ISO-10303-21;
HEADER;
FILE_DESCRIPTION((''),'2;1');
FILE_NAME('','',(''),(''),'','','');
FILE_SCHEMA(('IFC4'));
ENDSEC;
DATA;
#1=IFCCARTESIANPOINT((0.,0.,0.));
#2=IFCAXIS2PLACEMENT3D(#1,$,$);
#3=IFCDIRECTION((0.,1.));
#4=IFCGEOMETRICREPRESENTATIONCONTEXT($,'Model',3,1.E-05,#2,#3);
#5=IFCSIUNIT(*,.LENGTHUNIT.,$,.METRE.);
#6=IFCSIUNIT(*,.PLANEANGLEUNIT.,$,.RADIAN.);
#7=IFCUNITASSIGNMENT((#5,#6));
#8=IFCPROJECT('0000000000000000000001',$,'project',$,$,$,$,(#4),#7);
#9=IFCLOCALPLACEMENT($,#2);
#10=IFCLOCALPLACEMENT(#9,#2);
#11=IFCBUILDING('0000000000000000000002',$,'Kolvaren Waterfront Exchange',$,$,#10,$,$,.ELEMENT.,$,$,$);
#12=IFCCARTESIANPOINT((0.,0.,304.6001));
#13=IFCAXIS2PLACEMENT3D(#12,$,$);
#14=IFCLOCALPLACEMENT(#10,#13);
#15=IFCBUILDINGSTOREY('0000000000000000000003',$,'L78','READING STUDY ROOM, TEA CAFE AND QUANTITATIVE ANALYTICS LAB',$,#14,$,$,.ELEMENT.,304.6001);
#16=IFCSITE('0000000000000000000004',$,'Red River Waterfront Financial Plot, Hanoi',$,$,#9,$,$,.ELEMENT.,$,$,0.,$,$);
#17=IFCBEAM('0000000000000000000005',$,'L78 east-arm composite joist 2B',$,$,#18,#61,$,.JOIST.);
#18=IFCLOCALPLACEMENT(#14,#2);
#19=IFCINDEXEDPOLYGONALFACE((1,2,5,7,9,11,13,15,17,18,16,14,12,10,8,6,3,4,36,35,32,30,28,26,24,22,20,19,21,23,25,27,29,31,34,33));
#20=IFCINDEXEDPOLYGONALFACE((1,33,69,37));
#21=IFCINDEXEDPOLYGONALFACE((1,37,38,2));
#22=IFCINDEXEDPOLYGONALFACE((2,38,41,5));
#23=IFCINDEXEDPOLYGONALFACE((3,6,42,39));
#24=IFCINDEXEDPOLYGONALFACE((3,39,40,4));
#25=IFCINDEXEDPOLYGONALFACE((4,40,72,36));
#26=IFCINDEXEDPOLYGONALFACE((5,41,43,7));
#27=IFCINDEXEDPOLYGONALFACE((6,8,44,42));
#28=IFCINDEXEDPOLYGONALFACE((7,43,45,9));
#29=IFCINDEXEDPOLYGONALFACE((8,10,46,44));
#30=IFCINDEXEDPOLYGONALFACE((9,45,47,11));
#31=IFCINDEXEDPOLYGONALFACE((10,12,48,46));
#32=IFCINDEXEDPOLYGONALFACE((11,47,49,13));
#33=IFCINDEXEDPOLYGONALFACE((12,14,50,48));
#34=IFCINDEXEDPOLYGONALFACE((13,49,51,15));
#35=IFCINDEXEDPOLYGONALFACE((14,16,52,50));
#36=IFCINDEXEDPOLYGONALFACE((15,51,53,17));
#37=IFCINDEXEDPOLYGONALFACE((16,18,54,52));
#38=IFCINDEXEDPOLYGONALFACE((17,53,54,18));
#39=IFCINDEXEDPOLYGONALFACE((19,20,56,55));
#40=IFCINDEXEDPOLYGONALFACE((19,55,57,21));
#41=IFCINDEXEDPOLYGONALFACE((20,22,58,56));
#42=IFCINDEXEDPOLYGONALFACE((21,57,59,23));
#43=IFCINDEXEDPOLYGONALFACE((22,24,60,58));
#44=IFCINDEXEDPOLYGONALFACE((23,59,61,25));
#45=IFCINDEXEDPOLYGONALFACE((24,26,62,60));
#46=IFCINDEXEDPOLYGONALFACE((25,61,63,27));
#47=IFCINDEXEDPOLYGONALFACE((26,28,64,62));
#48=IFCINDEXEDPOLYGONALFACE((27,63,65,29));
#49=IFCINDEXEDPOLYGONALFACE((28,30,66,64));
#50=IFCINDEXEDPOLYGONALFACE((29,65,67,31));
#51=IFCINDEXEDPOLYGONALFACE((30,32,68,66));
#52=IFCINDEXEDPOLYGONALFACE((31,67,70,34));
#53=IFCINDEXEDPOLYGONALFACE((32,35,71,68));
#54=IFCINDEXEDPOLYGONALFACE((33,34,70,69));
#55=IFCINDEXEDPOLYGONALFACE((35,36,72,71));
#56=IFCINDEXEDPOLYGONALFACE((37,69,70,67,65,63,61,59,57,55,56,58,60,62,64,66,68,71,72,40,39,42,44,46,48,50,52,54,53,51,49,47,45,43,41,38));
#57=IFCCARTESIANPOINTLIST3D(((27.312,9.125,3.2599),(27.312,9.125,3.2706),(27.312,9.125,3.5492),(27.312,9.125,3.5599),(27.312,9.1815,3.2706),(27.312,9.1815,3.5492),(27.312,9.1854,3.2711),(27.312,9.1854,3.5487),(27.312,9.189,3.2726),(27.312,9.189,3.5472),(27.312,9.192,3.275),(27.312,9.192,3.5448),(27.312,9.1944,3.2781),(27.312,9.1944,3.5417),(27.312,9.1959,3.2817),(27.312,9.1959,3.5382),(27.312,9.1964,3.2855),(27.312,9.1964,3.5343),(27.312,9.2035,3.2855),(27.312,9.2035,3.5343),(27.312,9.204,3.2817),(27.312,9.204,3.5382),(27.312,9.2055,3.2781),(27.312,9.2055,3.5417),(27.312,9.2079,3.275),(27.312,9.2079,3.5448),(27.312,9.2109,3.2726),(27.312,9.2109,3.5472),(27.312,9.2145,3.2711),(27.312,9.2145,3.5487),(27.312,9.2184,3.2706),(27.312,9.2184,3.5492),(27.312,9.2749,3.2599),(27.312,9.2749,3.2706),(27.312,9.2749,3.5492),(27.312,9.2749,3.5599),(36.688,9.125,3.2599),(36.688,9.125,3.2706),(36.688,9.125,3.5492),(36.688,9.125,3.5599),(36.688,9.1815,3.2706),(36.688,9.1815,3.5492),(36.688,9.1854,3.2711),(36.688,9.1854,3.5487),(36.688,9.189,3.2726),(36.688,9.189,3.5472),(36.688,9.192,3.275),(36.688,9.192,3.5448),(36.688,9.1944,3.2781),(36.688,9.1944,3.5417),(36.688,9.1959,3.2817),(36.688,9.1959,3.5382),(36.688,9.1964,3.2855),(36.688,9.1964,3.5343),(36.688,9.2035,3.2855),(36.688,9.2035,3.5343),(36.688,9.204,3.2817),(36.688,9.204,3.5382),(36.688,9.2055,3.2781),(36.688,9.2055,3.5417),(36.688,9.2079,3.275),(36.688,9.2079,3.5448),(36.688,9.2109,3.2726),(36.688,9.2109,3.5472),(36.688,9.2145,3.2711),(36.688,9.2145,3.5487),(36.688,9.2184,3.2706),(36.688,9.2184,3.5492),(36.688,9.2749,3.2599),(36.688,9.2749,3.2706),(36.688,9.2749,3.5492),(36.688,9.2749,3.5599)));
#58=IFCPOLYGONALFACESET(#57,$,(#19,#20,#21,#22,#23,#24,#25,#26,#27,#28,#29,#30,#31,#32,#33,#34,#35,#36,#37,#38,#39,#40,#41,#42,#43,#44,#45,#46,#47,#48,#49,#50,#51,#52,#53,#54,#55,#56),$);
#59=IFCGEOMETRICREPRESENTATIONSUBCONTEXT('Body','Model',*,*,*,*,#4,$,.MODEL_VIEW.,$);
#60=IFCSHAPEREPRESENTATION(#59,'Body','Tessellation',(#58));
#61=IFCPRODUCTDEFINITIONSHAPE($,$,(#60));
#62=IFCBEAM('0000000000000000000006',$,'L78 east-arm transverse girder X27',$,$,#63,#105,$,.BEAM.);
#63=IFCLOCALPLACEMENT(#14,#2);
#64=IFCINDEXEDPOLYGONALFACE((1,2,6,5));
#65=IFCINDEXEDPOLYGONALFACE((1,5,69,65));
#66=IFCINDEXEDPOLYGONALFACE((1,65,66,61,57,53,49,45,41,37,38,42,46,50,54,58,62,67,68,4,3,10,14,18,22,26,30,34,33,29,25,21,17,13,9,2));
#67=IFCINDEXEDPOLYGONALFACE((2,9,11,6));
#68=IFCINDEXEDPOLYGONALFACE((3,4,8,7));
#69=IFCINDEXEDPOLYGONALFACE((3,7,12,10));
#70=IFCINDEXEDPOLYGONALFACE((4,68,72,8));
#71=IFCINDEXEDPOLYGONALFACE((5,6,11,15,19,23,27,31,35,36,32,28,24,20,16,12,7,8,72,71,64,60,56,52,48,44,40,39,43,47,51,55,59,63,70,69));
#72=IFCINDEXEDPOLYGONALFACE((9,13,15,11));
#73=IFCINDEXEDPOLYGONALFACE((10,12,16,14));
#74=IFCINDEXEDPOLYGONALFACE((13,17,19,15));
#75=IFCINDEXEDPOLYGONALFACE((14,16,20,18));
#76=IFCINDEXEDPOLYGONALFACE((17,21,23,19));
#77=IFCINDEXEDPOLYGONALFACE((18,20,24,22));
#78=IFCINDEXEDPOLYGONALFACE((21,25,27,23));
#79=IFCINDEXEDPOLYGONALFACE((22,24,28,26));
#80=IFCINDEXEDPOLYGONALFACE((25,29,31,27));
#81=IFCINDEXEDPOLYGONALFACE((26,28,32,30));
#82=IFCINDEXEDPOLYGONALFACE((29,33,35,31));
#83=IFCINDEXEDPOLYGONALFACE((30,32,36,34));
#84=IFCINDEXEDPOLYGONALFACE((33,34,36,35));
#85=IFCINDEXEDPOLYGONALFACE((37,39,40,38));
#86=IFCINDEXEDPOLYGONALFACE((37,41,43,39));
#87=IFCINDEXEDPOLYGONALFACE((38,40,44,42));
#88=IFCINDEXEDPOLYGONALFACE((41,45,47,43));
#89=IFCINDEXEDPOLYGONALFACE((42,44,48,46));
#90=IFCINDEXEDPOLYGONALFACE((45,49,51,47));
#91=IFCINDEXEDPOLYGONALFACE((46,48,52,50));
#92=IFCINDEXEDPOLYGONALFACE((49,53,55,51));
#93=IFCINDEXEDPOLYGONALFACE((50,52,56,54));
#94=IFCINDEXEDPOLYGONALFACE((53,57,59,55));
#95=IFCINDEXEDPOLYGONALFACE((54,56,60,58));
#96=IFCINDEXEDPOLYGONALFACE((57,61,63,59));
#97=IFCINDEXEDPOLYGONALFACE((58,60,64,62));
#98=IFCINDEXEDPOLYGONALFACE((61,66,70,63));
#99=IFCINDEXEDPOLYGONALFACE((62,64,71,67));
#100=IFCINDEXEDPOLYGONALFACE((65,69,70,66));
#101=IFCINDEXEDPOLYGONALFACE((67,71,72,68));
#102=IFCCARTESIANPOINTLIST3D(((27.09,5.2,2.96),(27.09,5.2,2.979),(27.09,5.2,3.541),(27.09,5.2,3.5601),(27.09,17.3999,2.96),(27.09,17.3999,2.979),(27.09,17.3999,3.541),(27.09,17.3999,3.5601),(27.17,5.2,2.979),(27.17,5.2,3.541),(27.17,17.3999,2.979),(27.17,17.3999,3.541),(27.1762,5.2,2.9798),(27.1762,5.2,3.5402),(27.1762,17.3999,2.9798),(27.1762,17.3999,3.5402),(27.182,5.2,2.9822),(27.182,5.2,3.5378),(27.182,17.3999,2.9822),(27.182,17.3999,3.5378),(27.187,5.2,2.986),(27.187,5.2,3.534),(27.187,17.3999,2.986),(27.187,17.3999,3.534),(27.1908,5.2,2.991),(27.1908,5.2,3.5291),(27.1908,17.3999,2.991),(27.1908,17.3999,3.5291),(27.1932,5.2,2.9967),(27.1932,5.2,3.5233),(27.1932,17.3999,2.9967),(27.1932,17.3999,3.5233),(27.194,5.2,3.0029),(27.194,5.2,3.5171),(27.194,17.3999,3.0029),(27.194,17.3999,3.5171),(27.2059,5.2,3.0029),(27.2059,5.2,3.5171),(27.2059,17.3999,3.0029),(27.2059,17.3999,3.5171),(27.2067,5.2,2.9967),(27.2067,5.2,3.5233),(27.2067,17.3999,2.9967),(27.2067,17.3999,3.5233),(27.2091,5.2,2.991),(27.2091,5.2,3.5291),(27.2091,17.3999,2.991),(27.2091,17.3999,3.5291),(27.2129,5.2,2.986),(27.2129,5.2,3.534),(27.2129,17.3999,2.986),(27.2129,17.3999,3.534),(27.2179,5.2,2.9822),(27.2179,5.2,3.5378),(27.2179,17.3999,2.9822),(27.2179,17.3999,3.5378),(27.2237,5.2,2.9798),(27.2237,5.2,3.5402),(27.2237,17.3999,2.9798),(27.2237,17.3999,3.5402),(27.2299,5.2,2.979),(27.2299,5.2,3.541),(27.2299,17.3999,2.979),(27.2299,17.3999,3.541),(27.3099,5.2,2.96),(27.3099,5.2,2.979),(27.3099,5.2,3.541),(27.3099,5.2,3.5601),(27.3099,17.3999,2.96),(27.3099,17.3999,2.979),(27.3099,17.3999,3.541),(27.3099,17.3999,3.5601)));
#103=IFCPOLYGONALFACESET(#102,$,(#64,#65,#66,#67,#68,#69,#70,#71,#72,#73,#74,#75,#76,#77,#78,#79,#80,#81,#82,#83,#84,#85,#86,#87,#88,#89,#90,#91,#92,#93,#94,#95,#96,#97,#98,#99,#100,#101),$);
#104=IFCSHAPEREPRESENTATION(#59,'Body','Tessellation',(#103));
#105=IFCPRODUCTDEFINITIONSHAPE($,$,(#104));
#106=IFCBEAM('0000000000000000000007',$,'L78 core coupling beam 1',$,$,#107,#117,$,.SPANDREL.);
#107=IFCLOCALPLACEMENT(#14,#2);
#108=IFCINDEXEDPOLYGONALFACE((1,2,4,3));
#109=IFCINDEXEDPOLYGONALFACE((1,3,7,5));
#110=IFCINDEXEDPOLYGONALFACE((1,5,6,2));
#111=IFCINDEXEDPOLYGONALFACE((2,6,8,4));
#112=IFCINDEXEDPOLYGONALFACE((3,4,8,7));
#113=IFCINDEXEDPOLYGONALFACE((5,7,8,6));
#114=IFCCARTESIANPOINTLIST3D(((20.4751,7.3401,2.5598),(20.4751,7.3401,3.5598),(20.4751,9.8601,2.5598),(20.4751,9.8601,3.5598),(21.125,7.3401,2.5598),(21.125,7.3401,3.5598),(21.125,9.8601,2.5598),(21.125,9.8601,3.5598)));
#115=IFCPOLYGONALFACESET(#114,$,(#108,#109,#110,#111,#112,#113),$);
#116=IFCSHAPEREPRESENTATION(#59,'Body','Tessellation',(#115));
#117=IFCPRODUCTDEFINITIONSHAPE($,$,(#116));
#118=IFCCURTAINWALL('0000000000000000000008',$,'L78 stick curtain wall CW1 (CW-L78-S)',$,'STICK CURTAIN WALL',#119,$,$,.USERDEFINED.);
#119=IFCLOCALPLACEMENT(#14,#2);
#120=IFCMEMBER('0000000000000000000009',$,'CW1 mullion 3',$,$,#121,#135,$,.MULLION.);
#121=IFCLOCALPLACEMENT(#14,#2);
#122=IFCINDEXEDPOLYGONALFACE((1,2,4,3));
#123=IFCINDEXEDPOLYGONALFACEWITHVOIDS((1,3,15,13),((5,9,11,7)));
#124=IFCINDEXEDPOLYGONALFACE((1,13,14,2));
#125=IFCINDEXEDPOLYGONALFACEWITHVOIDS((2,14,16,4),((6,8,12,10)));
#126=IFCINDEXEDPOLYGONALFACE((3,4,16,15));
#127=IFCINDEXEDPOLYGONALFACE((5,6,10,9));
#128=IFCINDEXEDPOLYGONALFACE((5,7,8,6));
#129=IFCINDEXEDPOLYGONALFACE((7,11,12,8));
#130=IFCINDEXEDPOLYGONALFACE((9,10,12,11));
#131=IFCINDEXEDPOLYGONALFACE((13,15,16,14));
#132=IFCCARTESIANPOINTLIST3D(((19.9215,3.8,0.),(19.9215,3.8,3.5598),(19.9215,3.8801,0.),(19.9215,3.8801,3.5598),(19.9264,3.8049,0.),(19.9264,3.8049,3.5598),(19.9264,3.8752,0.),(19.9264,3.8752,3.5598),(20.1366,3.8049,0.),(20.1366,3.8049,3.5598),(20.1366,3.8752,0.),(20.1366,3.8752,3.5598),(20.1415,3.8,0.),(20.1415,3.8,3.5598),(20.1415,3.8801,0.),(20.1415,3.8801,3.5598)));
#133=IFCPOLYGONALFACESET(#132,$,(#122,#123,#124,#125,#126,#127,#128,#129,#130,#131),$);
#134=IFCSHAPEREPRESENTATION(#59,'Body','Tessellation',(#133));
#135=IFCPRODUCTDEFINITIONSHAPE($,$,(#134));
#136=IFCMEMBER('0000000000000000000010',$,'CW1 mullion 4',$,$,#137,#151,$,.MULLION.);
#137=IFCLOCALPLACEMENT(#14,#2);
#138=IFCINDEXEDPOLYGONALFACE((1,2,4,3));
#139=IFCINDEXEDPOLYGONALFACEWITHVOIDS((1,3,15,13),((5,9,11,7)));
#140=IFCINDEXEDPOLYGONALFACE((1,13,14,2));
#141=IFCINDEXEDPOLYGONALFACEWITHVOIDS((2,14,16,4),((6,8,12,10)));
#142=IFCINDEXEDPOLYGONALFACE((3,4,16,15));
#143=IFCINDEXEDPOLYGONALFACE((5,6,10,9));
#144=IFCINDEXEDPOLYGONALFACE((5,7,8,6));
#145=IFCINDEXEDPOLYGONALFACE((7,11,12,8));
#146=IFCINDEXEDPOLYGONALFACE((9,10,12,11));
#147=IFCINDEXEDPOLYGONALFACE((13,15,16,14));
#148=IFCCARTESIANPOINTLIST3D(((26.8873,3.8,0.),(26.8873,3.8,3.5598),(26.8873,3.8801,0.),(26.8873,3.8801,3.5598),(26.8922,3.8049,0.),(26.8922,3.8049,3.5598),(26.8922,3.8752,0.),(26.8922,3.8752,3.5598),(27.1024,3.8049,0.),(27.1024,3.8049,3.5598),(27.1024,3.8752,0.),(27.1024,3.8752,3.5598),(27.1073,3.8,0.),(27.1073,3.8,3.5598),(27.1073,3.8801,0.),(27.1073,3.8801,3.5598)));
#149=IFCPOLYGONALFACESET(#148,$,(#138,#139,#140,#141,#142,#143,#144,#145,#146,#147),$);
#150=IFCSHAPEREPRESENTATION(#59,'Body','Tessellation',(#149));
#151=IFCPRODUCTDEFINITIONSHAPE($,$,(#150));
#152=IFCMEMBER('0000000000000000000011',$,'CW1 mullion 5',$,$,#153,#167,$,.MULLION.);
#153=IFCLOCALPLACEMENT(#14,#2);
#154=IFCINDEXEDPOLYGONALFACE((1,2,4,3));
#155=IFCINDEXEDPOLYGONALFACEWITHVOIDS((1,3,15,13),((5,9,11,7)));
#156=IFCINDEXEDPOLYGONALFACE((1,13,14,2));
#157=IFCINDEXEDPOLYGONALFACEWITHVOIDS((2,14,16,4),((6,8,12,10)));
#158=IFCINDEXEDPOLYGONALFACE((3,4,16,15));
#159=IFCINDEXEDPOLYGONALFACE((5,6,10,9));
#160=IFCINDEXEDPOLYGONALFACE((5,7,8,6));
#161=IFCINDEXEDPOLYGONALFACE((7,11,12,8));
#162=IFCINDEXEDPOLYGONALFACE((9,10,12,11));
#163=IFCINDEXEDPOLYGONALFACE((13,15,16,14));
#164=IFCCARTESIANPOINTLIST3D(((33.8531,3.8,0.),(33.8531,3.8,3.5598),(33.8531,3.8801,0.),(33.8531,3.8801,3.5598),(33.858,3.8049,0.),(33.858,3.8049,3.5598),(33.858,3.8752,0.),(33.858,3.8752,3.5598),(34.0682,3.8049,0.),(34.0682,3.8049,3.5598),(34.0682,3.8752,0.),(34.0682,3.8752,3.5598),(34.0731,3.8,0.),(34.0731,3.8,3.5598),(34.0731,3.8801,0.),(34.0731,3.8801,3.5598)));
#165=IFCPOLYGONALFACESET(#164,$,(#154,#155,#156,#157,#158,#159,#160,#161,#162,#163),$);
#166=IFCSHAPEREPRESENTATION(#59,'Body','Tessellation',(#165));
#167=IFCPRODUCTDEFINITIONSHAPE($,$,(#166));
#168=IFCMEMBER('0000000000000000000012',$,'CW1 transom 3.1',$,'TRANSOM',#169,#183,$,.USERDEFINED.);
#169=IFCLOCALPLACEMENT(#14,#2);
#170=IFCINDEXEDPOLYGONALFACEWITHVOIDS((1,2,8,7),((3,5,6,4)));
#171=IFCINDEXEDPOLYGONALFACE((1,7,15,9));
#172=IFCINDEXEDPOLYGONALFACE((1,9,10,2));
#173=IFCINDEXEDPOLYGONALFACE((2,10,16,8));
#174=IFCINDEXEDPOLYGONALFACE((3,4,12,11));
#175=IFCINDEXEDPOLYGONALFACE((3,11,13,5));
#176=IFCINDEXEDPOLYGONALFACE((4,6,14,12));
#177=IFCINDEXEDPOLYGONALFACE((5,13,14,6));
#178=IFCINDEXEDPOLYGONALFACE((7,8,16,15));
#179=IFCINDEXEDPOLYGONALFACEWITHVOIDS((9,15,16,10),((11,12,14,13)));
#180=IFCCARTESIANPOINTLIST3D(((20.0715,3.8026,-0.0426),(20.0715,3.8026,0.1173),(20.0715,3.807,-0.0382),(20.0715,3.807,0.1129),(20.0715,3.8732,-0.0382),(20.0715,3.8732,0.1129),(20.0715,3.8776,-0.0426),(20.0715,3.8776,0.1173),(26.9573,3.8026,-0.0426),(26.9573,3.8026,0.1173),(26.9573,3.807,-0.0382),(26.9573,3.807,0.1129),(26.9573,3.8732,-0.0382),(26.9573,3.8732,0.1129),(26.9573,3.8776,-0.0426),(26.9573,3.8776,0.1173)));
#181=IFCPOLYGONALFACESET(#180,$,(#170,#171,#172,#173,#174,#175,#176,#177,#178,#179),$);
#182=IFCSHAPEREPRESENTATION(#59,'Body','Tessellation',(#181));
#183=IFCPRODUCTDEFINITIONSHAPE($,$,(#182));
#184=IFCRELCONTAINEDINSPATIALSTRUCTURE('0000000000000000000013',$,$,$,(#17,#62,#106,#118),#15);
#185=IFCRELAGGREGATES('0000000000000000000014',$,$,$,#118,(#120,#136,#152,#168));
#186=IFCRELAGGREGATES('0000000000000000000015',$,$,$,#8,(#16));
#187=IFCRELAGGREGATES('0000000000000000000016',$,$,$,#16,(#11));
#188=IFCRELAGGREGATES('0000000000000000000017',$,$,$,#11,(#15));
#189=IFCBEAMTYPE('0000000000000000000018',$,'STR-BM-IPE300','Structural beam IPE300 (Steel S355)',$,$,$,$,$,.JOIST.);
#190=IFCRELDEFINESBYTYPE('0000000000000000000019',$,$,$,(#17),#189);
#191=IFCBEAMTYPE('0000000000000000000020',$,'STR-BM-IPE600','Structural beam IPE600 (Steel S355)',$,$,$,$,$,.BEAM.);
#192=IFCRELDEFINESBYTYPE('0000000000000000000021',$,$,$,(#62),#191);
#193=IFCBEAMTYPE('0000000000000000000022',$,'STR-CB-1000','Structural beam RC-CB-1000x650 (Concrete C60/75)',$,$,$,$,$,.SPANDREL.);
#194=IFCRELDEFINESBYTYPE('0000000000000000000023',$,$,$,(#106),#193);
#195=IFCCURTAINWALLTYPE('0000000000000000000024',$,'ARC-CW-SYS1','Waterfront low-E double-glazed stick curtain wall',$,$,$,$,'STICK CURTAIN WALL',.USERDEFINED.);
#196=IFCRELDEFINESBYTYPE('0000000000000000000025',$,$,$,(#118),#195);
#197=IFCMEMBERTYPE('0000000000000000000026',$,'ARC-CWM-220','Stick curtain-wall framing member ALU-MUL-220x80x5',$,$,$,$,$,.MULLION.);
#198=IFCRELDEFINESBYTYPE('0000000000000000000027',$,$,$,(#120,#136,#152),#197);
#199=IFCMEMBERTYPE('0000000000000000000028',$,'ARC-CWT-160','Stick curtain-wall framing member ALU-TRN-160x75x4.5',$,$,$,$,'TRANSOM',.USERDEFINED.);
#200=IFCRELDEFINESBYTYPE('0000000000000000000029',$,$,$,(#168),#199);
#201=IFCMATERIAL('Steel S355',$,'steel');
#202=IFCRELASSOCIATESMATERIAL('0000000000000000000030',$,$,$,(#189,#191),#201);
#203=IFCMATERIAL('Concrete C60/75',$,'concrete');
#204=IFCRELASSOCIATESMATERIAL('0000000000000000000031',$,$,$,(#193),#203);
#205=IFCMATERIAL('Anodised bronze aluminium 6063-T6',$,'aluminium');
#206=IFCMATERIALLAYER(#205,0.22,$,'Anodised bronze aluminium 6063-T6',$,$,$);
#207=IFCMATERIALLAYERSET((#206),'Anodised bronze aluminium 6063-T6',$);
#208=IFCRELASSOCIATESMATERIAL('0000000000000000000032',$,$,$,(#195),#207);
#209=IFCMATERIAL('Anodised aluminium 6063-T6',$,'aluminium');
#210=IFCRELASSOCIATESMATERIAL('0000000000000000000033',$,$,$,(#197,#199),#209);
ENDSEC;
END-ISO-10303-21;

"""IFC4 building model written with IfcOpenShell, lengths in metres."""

from ifc_helpers import new_model, si_unit, direction, frame, origin, origin_with_axes, origin_2d, place, context, subcontext, project, spatial, rectangle, hollow_rectangle, i_section, extrude, source, transform, mapped, material, layer, layer_set, material_profile, profile_set, type_object, element, aggregate, save


model = new_model("IFC4")

# Units and contexts
model_context = context("Model", 3, precision=1e-05, world=origin(), true_north=direction((0.0, 1.0)))
body_context = subcontext(model_context, "Body", "Model", "MODEL_VIEW")
ifc_project = project(units=[si_unit("LENGTHUNIT", "METRE"), si_unit("PLANEANGLEUNIT", "RADIAN")], contexts=[model_context])

# Site, building, storey
site_placement = place(None, origin())
site = spatial("IfcSite", under=ifc_project, at=site_placement, Name="Red River Waterfront Financial Plot, Hanoi", CompositionType="ELEMENT", RefElevation=0.0)
building_placement = place(site_placement, origin())
building = spatial("IfcBuilding", under=site, at=building_placement, Name="Kolvaren Waterfront Exchange", CompositionType="ELEMENT")
storey_placement = place(building_placement, frame((0.0, 0.0, 304.6001)))
storey = spatial("IfcBuildingStorey", under=building, at=storey_placement, Name="L78", Description="READING STUDY ROOM, TEA CAFE AND QUANTITATIVE ANALYTICS LAB", CompositionType="ELEMENT", Elevation=304.6001)

# Beams
ifc_material_1 = material(Name="Steel S355", Category="steel")
ifc_material_profile_1 = material_profile(ifc_material_1, i_section(OverallWidth=0.1499, OverallDepth=0.3, WebThickness=0.0071, FlangeThickness=0.0107, FilletRadius=0.0149, at=origin_2d()), Name="IPE300")
ifc_profile_set_1 = profile_set([ifc_material_profile_1], Name="Steel S355")
beam_type_1 = type_object("IfcBeamType", Name="STR-BM-IPE300", Description="Structural beam IPE300 (Steel S355)", PredefinedType="JOIST", material=ifc_profile_set_1)
beam_1_placement = place(storey_placement, frame((27.312, 9.2, 3.4099), z_axis=(1.0, 0.0, 0.0), x_axis=(0.0, 1.0, 0.0)))
element("IfcBeam", 1, at=beam_1_placement, inside=storey, type_object=beam_type_1, Name="L78 east-arm composite joist 2B", PredefinedType="JOIST", context=body_context, shape_type="SweptSolid", body=[
    extrude(i_section(OverallWidth=0.1499, OverallDepth=0.3, WebThickness=0.0071, FlangeThickness=0.0107, FilletRadius=0.0149, at=origin_2d()), origin(), (0.0, 0.0, 1.0), 9.376),
])
ifc_material_profile_2 = material_profile(ifc_material_1, i_section(OverallWidth=0.22, OverallDepth=0.6001, WebThickness=0.012, FlangeThickness=0.019, FilletRadius=0.0239, at=origin_2d()), Name="IPE600")
ifc_profile_set_2 = profile_set([ifc_material_profile_2], Name="Steel S355")
beam_type_2 = type_object("IfcBeamType", Name="STR-BM-IPE600", Description="Structural beam IPE600 (Steel S355)", PredefinedType="BEAM", material=ifc_profile_set_2)
beam_2_placement = place(storey_placement, frame((27.2, 5.2, 3.26), z_axis=(0.0, 1.0, 0.0), x_axis=(-1.0, 0.0, 0.0)))
element("IfcBeam", 2, at=beam_2_placement, inside=storey, type_object=beam_type_2, Name="L78 east-arm transverse girder X27", PredefinedType="BEAM", context=body_context, shape_type="SweptSolid", body=[
    extrude(i_section(OverallWidth=0.22, OverallDepth=0.6001, WebThickness=0.012, FlangeThickness=0.019, FilletRadius=0.0239, at=origin_2d()), origin(), (0.0, 0.0, 1.0), 12.2),
])
ifc_material_2 = material(Name="Concrete C60/75", Category="concrete")
ifc_material_profile_3 = material_profile(ifc_material_2, rectangle(XDim=0.6499, YDim=1.0, at=origin_2d()), Name="RC-CB-1000x650")
ifc_profile_set_3 = profile_set([ifc_material_profile_3], Name="Concrete C60/75")
beam_type_3 = type_object("IfcBeamType", Name="STR-CB-1000", Description="Structural beam RC-CB-1000x650 (Concrete C60/75)", PredefinedType="SPANDREL", material=ifc_profile_set_3)
beam_3_placement = place(storey_placement, frame((20.8, 7.3401, 3.0598), z_axis=(0.0, 1.0, 0.0), x_axis=(-1.0, 0.0, 0.0)))
element("IfcBeam", 3, at=beam_3_placement, inside=storey, type_object=beam_type_3, Name="L78 core coupling beam 1", PredefinedType="SPANDREL", context=body_context, shape_type="SweptSolid", body=[
    extrude(rectangle(XDim=0.6499, YDim=1.0, at=origin_2d()), origin(), (0.0, 0.0, 1.0), 2.52),
])

# Curtain wall, members
ifc_material_3 = material(Name="Anodised bronze aluminium 6063-T6", Category="aluminium")
ifc_layer_1 = layer(ifc_material_3, 0.22, Name="Anodised bronze aluminium 6063-T6")
ifc_layer_set_1 = layer_set([ifc_layer_1], Name="Anodised bronze aluminium 6063-T6")
curtain_wall_type = type_object("IfcCurtainWallType", Name="ARC-CW-SYS1", Description="Waterfront low-E double-glazed stick curtain wall", ElementType="STICK CURTAIN WALL", PredefinedType="USERDEFINED", material=ifc_layer_set_1)
curtain_wall_placement = place(storey_placement, origin())
curtain_wall = element("IfcCurtainWall", 4, at=curtain_wall_placement, inside=storey, type_object=curtain_wall_type, Name="L78 stick curtain wall CW1 (CW-L78-S)", ObjectType="STICK CURTAIN WALL", PredefinedType="USERDEFINED")
ifc_material_4 = material(Name="Anodised aluminium 6063-T6", Category="aluminium")
ifc_material_profile_4 = material_profile(ifc_material_4, hollow_rectangle(XDim=0.0801, YDim=0.22, WallThickness=0.0049, at=origin_2d()), Name="ALU-MUL-220x80x5")
ifc_profile_set_4 = profile_set([ifc_material_profile_4], Name="Anodised aluminium 6063-T6")
member_type_1 = type_object("IfcMemberType", Name="ARC-CWM-220", Description="Stick curtain-wall framing member ALU-MUL-220x80x5", PredefinedType="MULLION", material=ifc_profile_set_4)
shared_shape_1 = source(origin_with_axes(), body_context, "Body", "SweptSolid", [
    extrude(hollow_rectangle(XDim=0.0801, YDim=0.22, WallThickness=0.0049, at=origin_2d()), origin(), (0.0, 0.0, 1.0), 3.5598),
])
member_1_placement = place(storey_placement, frame((20.0315, 3.8401, 0.0), z_axis=(0.0, 0.0, 1.0), x_axis=(0.0, 1.0, 0.0)))
member_1 = element("IfcMember", 5, at=member_1_placement, type_object=member_type_1, Name="CW1 mullion 3", PredefinedType="MULLION", context=body_context, shape_type="MappedRepresentation", body=[
    mapped(shared_shape_1, transform((0.0, 0.0, 0.0), x_axis=(1.0, 0.0, 0.0), y_axis=(0.0, 1.0, 0.0), z_axis=(0.0, 0.0, 1.0), scale=1.0)),
])
member_2_placement = place(storey_placement, frame((26.9973, 3.8401, 0.0), z_axis=(0.0, 0.0, 1.0), x_axis=(0.0, 1.0, 0.0)))
member_2 = element("IfcMember", 6, at=member_2_placement, type_object=member_type_1, Name="CW1 mullion 4", PredefinedType="MULLION", context=body_context, shape_type="MappedRepresentation", body=[
    mapped(shared_shape_1, transform((0.0, 0.0, 0.0), x_axis=(1.0, 0.0, 0.0), y_axis=(0.0, 1.0, 0.0), z_axis=(0.0, 0.0, 1.0), scale=1.0)),
])
member_3_placement = place(storey_placement, frame((33.9631, 3.8401, 0.0), z_axis=(0.0, 0.0, 1.0), x_axis=(0.0, 1.0, 0.0)))
member_3 = element("IfcMember", 7, at=member_3_placement, type_object=member_type_1, Name="CW1 mullion 5", PredefinedType="MULLION", context=body_context, shape_type="MappedRepresentation", body=[
    mapped(shared_shape_1, transform((0.0, 0.0, 0.0), x_axis=(1.0, 0.0, 0.0), y_axis=(0.0, 1.0, 0.0), z_axis=(0.0, 0.0, 1.0), scale=1.0)),
])
ifc_material_profile_5 = material_profile(ifc_material_4, hollow_rectangle(XDim=0.075, YDim=0.1599, WallThickness=0.0044, at=origin_2d()), Name="ALU-TRN-160x75x4.5")
ifc_profile_set_5 = profile_set([ifc_material_profile_5], Name="Anodised aluminium 6063-T6")
member_type_2 = type_object("IfcMemberType", Name="ARC-CWT-160", Description="Stick curtain-wall framing member ALU-TRN-160x75x4.5", ElementType="TRANSOM", PredefinedType="USERDEFINED", material=ifc_profile_set_5)
shared_shape_2 = source(origin_with_axes(), body_context, "Body", "SweptSolid", [
    extrude(hollow_rectangle(XDim=0.075, YDim=0.1599, WallThickness=0.0044, at=origin_2d()), origin(), (0.0, 0.0, 1.0), 6.8857),
])
member_4_placement = place(storey_placement, frame((20.0715, 3.8401, 0.0374), z_axis=(1.0, 0.0, 0.0), x_axis=(0.0, 1.0, 0.0)))
member_4 = element("IfcMember", 8, at=member_4_placement, type_object=member_type_2, Name="CW1 transom 3.1", ObjectType="TRANSOM", PredefinedType="USERDEFINED", context=body_context, shape_type="MappedRepresentation", body=[
    mapped(shared_shape_2, transform((0.0, 0.0, 0.0), x_axis=(1.0, 0.0, 0.0), y_axis=(0.0, 1.0, 0.0), z_axis=(0.0, 0.0, 1.0), scale=1.0)),
])
aggregate(curtain_wall, [member_1, member_2, member_3, member_4])

save(model, "model.ifc")
